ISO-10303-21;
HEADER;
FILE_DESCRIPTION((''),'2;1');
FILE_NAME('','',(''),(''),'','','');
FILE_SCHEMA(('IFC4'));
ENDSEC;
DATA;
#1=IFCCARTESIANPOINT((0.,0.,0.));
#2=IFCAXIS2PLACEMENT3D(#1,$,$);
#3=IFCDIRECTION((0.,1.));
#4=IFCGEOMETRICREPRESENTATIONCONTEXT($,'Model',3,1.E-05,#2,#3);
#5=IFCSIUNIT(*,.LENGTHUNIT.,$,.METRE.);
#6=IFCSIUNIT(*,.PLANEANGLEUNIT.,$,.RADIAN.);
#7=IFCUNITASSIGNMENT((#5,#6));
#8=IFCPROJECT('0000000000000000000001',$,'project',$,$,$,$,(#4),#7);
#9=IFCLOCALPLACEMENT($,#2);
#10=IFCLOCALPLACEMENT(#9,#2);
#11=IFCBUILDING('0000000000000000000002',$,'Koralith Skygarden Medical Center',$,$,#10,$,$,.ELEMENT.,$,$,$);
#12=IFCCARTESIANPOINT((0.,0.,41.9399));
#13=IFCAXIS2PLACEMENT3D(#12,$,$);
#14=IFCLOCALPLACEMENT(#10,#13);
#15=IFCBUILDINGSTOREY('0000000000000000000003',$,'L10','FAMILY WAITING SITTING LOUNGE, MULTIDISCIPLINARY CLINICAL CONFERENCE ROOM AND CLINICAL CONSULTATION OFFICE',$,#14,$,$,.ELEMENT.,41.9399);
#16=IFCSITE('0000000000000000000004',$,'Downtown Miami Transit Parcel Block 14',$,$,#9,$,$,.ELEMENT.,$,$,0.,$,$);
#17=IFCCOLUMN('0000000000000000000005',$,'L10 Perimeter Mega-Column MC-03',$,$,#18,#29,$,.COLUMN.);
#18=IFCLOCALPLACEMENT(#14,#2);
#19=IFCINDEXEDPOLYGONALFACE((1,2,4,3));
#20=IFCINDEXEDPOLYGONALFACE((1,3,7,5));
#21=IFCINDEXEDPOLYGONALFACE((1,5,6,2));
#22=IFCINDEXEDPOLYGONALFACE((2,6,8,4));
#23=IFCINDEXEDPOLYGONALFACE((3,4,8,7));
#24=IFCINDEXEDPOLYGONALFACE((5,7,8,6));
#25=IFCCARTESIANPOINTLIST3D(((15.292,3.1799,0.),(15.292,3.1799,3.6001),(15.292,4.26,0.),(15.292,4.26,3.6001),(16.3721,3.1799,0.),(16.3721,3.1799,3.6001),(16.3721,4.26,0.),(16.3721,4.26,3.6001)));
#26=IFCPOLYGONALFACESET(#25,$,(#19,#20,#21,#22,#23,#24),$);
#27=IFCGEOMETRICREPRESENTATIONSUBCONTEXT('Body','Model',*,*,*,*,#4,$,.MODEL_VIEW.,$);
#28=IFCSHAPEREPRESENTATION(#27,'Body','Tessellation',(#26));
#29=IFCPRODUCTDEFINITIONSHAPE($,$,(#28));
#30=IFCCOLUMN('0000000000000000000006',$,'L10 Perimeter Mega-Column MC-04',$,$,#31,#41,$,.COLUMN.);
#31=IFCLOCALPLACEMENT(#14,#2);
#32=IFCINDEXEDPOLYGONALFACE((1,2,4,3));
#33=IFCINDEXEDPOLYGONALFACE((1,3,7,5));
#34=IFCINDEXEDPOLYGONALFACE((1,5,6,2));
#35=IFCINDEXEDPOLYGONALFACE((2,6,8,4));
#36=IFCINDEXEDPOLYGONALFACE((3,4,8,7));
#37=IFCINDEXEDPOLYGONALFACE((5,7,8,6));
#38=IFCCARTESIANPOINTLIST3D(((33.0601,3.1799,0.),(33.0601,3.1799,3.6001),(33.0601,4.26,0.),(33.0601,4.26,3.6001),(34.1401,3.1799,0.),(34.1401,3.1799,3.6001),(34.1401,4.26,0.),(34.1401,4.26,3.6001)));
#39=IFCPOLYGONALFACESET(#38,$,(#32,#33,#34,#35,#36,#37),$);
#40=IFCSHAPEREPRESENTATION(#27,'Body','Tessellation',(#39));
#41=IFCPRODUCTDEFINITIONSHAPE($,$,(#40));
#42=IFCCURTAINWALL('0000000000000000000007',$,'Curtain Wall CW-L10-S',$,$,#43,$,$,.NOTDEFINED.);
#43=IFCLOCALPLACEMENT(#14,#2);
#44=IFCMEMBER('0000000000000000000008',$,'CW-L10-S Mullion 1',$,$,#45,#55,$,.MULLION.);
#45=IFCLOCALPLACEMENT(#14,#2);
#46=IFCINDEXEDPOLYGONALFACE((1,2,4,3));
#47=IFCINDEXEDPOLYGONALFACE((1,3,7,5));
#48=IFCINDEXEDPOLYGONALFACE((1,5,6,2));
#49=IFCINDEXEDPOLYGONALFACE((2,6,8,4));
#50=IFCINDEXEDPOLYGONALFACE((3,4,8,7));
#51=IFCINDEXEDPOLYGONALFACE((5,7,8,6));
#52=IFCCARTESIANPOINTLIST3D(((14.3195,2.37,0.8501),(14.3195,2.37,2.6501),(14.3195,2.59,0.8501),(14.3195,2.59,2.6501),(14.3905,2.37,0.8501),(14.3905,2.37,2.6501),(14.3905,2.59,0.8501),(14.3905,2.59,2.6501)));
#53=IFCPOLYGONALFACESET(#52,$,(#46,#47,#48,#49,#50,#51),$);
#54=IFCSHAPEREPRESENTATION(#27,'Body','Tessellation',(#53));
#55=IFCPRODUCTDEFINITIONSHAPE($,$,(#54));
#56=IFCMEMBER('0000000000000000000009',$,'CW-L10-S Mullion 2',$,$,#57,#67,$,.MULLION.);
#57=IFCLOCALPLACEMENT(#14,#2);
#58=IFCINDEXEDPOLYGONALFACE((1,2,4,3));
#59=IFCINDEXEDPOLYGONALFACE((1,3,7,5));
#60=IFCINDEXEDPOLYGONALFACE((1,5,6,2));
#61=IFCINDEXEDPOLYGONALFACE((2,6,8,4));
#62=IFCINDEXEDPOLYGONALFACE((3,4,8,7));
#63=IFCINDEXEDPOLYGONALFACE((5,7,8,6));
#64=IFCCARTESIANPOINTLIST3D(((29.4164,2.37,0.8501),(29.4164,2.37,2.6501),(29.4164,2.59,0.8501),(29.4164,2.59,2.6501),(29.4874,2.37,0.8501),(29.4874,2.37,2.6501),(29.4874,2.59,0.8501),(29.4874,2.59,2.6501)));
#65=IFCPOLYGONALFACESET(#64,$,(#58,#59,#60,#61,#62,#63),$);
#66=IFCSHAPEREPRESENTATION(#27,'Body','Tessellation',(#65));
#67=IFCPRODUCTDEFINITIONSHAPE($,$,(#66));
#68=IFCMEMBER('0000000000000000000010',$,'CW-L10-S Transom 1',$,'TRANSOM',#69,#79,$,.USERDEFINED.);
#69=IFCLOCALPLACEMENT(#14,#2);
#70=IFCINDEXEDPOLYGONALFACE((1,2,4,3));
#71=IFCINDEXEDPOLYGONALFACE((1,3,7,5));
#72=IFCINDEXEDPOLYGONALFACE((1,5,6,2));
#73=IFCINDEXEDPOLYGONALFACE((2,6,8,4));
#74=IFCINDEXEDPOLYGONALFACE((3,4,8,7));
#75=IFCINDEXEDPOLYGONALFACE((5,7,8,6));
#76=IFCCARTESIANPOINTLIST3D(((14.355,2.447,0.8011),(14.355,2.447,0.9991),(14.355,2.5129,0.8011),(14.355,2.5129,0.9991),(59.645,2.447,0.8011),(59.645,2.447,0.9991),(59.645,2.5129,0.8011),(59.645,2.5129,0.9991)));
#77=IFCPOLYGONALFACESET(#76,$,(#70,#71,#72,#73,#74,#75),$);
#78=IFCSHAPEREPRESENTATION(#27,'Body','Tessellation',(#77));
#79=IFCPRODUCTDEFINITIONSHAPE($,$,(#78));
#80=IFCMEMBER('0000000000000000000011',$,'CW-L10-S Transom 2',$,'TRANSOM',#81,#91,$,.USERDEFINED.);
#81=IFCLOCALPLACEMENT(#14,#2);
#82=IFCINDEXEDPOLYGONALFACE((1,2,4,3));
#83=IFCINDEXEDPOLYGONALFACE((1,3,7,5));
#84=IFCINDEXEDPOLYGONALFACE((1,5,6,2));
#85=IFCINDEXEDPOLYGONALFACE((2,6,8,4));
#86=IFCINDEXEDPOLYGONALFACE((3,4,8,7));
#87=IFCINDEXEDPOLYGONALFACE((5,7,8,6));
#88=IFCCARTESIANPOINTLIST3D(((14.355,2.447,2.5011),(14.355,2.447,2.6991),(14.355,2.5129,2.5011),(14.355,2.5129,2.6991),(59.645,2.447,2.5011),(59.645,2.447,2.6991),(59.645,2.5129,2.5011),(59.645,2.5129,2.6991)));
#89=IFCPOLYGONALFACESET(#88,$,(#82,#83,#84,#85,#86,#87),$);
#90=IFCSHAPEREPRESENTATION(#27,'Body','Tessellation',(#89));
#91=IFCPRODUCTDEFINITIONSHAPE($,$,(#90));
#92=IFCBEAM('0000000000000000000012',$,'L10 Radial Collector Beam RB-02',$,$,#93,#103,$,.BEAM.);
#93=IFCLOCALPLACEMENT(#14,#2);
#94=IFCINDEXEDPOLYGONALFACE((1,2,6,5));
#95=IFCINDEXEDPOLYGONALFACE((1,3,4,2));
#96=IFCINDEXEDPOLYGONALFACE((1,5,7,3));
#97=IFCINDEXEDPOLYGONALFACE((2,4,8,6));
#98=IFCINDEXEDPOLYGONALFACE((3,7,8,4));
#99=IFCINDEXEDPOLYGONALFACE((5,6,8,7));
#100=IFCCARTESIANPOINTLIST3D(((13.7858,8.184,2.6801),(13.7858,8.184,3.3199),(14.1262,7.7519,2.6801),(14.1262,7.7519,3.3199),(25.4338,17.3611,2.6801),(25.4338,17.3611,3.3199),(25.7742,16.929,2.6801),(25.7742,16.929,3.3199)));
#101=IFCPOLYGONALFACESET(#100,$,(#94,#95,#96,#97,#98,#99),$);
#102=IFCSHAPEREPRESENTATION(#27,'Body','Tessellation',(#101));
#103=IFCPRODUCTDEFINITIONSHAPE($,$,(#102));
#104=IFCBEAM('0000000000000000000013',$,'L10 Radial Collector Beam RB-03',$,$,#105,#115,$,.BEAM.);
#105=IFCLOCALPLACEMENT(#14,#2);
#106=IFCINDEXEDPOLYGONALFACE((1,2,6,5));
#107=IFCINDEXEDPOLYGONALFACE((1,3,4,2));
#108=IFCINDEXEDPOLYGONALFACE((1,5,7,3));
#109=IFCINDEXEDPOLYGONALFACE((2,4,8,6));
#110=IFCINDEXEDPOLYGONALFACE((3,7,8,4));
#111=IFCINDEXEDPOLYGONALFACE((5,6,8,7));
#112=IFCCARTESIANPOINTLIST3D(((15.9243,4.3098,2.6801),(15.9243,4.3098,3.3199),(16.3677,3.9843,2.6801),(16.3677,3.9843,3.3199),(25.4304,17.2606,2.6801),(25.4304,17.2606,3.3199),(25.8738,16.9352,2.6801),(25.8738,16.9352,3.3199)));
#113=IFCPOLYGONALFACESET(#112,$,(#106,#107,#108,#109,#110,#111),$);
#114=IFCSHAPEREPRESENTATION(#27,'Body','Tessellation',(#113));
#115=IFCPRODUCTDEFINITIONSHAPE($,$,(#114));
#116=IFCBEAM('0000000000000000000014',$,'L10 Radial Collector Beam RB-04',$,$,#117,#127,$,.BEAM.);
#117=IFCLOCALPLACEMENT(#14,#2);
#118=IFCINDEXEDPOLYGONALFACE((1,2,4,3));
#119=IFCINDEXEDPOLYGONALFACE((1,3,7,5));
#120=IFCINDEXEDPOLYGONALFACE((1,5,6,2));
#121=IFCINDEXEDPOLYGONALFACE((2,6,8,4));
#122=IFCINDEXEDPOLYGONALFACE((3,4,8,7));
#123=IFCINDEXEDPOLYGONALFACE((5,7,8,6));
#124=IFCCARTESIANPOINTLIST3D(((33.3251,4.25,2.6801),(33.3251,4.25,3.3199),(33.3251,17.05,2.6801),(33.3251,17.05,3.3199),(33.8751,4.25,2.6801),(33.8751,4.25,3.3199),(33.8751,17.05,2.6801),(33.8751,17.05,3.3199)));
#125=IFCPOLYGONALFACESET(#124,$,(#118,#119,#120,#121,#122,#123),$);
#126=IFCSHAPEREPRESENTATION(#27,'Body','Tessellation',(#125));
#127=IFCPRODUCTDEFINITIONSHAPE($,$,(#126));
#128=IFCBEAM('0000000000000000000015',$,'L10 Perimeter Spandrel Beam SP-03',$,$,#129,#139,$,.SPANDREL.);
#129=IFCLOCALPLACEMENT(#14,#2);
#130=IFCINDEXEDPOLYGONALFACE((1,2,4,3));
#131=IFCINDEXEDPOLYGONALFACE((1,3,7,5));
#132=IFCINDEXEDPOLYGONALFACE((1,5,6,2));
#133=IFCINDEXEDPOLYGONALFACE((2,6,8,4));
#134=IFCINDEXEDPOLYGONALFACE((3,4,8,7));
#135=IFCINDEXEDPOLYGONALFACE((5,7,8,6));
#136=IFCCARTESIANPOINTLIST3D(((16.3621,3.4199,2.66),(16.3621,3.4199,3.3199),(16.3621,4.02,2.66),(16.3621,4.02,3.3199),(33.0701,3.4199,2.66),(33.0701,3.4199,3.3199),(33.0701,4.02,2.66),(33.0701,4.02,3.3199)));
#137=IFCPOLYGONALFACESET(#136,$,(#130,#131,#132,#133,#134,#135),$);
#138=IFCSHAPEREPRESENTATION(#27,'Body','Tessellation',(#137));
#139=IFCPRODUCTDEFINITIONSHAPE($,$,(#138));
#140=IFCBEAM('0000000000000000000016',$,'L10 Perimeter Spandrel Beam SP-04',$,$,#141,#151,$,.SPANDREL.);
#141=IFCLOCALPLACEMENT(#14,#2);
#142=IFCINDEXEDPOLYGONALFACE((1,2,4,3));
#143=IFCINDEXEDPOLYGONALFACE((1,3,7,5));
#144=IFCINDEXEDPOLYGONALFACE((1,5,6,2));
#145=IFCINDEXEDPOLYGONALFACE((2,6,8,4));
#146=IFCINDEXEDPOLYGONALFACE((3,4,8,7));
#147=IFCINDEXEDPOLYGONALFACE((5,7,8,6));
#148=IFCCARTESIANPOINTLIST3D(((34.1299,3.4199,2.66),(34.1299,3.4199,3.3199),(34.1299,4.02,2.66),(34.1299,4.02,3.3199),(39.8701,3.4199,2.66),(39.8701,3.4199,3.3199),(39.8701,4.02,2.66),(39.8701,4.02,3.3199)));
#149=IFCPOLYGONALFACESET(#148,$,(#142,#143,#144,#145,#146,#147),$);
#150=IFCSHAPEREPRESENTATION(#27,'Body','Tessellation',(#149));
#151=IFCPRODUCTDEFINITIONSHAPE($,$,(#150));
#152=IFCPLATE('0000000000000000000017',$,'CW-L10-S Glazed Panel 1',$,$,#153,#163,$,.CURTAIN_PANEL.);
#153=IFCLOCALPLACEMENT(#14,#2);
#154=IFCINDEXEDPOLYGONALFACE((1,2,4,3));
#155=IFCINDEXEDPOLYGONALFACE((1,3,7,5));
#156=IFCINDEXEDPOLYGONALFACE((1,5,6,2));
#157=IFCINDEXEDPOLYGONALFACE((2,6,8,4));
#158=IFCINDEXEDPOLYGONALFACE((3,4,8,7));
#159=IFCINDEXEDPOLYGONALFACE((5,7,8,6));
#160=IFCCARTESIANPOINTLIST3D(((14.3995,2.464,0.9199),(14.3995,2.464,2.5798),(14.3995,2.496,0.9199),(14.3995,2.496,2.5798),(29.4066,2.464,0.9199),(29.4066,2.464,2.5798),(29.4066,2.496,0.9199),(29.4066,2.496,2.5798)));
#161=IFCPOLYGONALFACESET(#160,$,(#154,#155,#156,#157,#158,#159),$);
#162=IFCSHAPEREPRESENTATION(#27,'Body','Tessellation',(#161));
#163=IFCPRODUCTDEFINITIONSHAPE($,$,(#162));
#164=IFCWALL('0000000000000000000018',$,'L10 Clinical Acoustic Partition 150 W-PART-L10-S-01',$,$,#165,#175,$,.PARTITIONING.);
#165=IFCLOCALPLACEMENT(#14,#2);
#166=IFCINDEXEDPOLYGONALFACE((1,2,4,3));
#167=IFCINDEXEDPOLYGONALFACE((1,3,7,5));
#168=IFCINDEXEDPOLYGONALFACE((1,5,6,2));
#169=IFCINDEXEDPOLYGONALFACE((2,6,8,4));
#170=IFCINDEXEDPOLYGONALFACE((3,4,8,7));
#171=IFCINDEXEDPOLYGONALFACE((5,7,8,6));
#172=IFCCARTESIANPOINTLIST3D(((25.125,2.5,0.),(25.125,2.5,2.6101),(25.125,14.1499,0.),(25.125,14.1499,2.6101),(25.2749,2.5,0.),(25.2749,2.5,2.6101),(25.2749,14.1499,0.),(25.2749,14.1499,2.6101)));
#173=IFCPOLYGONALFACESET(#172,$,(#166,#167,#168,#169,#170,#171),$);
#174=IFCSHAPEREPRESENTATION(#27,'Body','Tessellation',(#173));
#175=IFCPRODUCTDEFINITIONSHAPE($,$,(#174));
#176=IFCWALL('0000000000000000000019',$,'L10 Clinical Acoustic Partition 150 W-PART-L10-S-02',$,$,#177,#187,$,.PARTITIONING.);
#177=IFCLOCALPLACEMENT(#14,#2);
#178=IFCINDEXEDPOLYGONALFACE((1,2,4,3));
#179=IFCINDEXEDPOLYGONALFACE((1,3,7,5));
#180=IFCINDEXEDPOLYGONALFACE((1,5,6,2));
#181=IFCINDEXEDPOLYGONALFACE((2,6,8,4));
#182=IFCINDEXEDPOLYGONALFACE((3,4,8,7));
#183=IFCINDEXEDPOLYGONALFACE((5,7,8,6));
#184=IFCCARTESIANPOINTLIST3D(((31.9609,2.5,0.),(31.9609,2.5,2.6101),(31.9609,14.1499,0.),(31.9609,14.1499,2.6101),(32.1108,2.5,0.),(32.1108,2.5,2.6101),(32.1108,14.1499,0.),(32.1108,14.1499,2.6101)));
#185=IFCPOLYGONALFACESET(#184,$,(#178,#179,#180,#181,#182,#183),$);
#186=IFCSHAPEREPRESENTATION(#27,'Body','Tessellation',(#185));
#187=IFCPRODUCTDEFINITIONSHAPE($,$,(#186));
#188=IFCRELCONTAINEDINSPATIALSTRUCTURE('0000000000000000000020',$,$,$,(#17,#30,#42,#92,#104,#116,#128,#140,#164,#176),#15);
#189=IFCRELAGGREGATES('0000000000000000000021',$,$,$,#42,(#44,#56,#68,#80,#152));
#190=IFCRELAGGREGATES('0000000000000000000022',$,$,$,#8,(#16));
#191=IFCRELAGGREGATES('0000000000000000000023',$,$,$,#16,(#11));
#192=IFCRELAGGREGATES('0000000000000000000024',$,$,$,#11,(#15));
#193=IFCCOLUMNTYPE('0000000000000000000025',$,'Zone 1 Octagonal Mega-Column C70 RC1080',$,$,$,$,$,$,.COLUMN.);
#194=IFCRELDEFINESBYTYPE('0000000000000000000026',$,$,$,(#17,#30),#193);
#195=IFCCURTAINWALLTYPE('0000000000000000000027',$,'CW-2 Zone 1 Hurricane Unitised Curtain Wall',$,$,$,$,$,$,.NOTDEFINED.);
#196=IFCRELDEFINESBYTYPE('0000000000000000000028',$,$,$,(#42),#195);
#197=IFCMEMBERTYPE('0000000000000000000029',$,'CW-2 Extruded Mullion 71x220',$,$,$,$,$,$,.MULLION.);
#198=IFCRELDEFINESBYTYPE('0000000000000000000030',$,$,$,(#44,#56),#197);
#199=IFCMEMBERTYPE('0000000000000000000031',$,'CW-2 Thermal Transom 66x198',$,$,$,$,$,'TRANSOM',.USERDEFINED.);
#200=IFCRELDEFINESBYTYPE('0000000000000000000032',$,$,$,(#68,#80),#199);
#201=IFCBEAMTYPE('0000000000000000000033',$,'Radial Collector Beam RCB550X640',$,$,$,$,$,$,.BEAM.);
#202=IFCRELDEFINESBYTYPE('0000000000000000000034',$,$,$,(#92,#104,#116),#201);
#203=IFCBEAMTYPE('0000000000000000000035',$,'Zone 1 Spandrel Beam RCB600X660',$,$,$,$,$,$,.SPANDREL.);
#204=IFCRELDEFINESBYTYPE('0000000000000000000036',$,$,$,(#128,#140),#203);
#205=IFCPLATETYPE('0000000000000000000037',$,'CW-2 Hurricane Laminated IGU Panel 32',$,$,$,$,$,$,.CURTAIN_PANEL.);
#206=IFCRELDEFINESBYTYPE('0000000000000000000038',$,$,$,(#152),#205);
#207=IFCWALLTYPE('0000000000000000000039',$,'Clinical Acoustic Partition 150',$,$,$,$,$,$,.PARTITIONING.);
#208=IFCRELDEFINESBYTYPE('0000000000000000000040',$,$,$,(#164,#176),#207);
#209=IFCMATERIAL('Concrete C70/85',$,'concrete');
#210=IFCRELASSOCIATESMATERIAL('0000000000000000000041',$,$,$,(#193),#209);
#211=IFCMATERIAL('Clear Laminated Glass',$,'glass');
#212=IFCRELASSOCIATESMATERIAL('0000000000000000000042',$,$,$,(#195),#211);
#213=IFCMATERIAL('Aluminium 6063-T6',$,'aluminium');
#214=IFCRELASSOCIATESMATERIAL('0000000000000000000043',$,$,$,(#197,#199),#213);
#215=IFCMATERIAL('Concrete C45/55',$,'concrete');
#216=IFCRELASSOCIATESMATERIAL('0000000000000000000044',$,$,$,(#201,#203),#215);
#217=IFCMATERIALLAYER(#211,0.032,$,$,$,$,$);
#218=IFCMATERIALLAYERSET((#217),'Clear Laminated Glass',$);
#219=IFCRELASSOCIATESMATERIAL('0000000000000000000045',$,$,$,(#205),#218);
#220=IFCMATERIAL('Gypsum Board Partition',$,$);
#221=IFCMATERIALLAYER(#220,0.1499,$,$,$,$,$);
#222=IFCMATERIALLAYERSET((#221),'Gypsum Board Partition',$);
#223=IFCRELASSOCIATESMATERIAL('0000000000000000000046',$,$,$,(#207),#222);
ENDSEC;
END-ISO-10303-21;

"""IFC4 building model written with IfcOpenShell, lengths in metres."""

from ifc_helpers import new_model, si_unit, direction, frame, frame_2d, origin, origin_2d, place, context, subcontext, project, spatial, rectangle, extrude, material, layer, layer_set, material_profile, profile_set, type_object, element, aggregate, save


model = new_model("IFC4")

# Units and contexts
model_context = context("Model", 3, precision=1e-05, world=origin(), true_north=direction((0.0, 1.0)))
body_context = subcontext(model_context, "Body", "Model", "MODEL_VIEW")
ifc_project = project(units=[si_unit("LENGTHUNIT", "METRE"), si_unit("PLANEANGLEUNIT", "RADIAN")], contexts=[model_context])

# Site, building, storey
site_placement = place(None, origin())
site = spatial("IfcSite", under=ifc_project, at=site_placement, Name="Downtown Miami Transit Parcel Block 14", CompositionType="ELEMENT", RefElevation=0.0)
building_placement = place(site_placement, origin())
building = spatial("IfcBuilding", under=site, at=building_placement, Name="Koralith Skygarden Medical Center", CompositionType="ELEMENT")
storey_placement = place(building_placement, frame((0.0, 0.0, 41.9399)))
storey = spatial("IfcBuildingStorey", under=building, at=storey_placement, Name="L10", Description="FAMILY WAITING SITTING LOUNGE, MULTIDISCIPLINARY CLINICAL CONFERENCE ROOM AND CLINICAL CONSULTATION OFFICE", CompositionType="ELEMENT", Elevation=41.9399)

# Columns
ifc_material_1 = material(Name="Concrete C70/85", Category="concrete")
ifc_material_profile_1 = material_profile(ifc_material_1, rectangle(XDim=1.0801, YDim=1.0801, at=origin_2d()), Name="RC1080X1080")
ifc_profile_set_1 = profile_set([ifc_material_profile_1], Name="Concrete C70/85")
column_type = type_object("IfcColumnType", Name="Zone 1 Octagonal Mega-Column C70 RC1080", PredefinedType="COLUMN", material=ifc_profile_set_1)
for number, where, z_axis, x_axis, name in (
    (1, (15.832, 3.72, 0.0), (0.0, 0.0, 1.0), (1.0, 0.0, 0.0), "L10 Perimeter Mega-Column MC-03"),
    (2, (33.6001, 3.72, 0.0), (0.0, 0.0, 1.0), (1.0, 0.0, 0.0), "L10 Perimeter Mega-Column MC-04"),
):
    element("IfcColumn", number, at=place(storey_placement, frame(where, z_axis=z_axis, x_axis=x_axis)), inside=storey, type_object=column_type, Name=name, PredefinedType="COLUMN", context=body_context, shape_type="SweptSolid", body=[
        extrude(rectangle(XDim=1.0801, YDim=1.0801, at=origin_2d()), origin(), (0.0, 0.0, 1.0), 3.6001),
    ])

# Curtain wall, members
ifc_material_2 = material(Name="Clear Laminated Glass", Category="glass")
curtain_wall_type = type_object("IfcCurtainWallType", Name="CW-2 Zone 1 Hurricane Unitised Curtain Wall", PredefinedType="NOTDEFINED", material=ifc_material_2)
curtain_wall_placement = place(storey_placement, origin())
curtain_wall = element("IfcCurtainWall", 3, at=curtain_wall_placement, inside=storey, type_object=curtain_wall_type, Name="Curtain Wall CW-L10-S", PredefinedType="NOTDEFINED")
ifc_material_3 = material(Name="Aluminium 6063-T6", Category="aluminium")
ifc_material_profile_2 = material_profile(ifc_material_3, rectangle(XDim=0.071, YDim=0.22, at=origin_2d()), Name="MUL71X220")
ifc_profile_set_2 = profile_set([ifc_material_profile_2], Name="Aluminium 6063-T6")
member_type_1 = type_object("IfcMemberType", Name="CW-2 Extruded Mullion 71x220", PredefinedType="MULLION", material=ifc_profile_set_2)
member_1_placement = place(storey_placement, frame((14.355, 2.48, 0.8501), z_axis=(0.0, 0.0, 1.0), x_axis=(1.0, 0.0, 0.0)))
member_1 = element("IfcMember", 4, at=member_1_placement, type_object=member_type_1, Name="CW-L10-S Mullion 1", PredefinedType="MULLION", context=body_context, shape_type="SweptSolid", body=[
    extrude(rectangle(XDim=0.071, YDim=0.22, at=origin_2d()), origin(), (0.0, 0.0, 1.0), 1.8),
])
member_2_placement = place(storey_placement, frame((29.4519, 2.48, 0.8501), z_axis=(0.0, 0.0, 1.0), x_axis=(1.0, 0.0, 0.0)))
member_2 = element("IfcMember", 5, at=member_2_placement, type_object=member_type_1, Name="CW-L10-S Mullion 2", PredefinedType="MULLION", context=body_context, shape_type="SweptSolid", body=[
    extrude(rectangle(XDim=0.071, YDim=0.22, at=origin_2d()), origin(), (0.0, 0.0, 1.0), 1.8),
])
ifc_material_profile_3 = material_profile(ifc_material_3, rectangle(XDim=0.0659, YDim=0.198, at=origin_2d()), Name="TRN66X198")
ifc_profile_set_3 = profile_set([ifc_material_profile_3], Name="Aluminium 6063-T6")
member_type_2 = type_object("IfcMemberType", Name="CW-2 Thermal Transom 66x198", ElementType="TRANSOM", PredefinedType="USERDEFINED", material=ifc_profile_set_3)
member_3_placement = place(storey_placement, frame((14.355, 2.48, 0.9001), z_axis=(1.0, 0.0, 0.0), x_axis=(0.0, 1.0, 0.0)))
member_3 = element("IfcMember", 6, at=member_3_placement, type_object=member_type_2, Name="CW-L10-S Transom 1", ObjectType="TRANSOM", PredefinedType="USERDEFINED", context=body_context, shape_type="SweptSolid", body=[
    extrude(rectangle(XDim=0.0659, YDim=0.198, at=origin_2d()), origin(), (0.0, 0.0, 1.0), 45.29),
])
member_4_placement = place(storey_placement, frame((14.355, 2.48, 2.6001), z_axis=(1.0, 0.0, 0.0), x_axis=(0.0, 1.0, 0.0)))
member_4 = element("IfcMember", 7, at=member_4_placement, type_object=member_type_2, Name="CW-L10-S Transom 2", ObjectType="TRANSOM", PredefinedType="USERDEFINED", context=body_context, shape_type="SweptSolid", body=[
    extrude(rectangle(XDim=0.0659, YDim=0.198, at=origin_2d()), origin(), (0.0, 0.0, 1.0), 45.29),
])

# Beams
ifc_material_4 = material(Name="Concrete C45/55", Category="concrete")
ifc_material_profile_4 = material_profile(ifc_material_4, rectangle(XDim=0.55, YDim=0.6399, at=origin_2d()), Name="RCB550X640")
ifc_profile_set_4 = profile_set([ifc_material_profile_4], Name="Concrete C45/55")
beam_type_1 = type_object("IfcBeamType", Name="Radial Collector Beam RCB550X640", PredefinedType="BEAM", material=ifc_profile_set_4)
beam_1_placement = place(storey_placement, frame((25.604, 17.145, 3.0), z_axis=(-0.785497, -0.618865, 0.0), x_axis=(0.618865, -0.785497, 0.0)))
element("IfcBeam", 8, at=beam_1_placement, inside=storey, type_object=beam_type_1, Name="L10 Radial Collector Beam RB-02", PredefinedType="BEAM", context=body_context, shape_type="SweptSolid", body=[
    extrude(rectangle(XDim=0.55, YDim=0.6399, at=origin_2d()), origin(), (0.0, 0.0, 1.0), 14.8289),
])
beam_2_placement = place(storey_placement, frame((25.6521, 17.0979, 3.0), z_axis=(-0.591718, -0.806145, 0.0), x_axis=(0.806145, -0.591718, 0.0)))
element("IfcBeam", 9, at=beam_2_placement, inside=storey, type_object=beam_type_1, Name="L10 Radial Collector Beam RB-03", PredefinedType="BEAM", context=body_context, shape_type="SweptSolid", body=[
    extrude(rectangle(XDim=0.55, YDim=0.6399, at=origin_2d()), origin(), (0.0, 0.0, 1.0), 16.0652),
])
beam_3_placement = place(storey_placement, frame((33.6001, 17.05, 3.0), z_axis=(0.0, -1.0, 0.0), x_axis=(1.0, 0.0, 0.0)))
element("IfcBeam", 10, at=beam_3_placement, inside=storey, type_object=beam_type_1, Name="L10 Radial Collector Beam RB-04", PredefinedType="BEAM", context=body_context, shape_type="SweptSolid", body=[
    extrude(rectangle(XDim=0.55, YDim=0.6399, at=origin_2d()), origin(), (0.0, 0.0, 1.0), 12.8),
])
ifc_material_profile_5 = material_profile(ifc_material_4, rectangle(XDim=0.6001, YDim=0.6599, at=origin_2d()), Name="RCB600X660")
ifc_profile_set_5 = profile_set([ifc_material_profile_5], Name="Concrete C45/55")
beam_type_2 = type_object("IfcBeamType", Name="Zone 1 Spandrel Beam RCB600X660", PredefinedType="SPANDREL", material=ifc_profile_set_5)
beam_4_placement = place(storey_placement, frame((16.3621, 3.72, 2.99), z_axis=(1.0, 0.0, 0.0), x_axis=(0.0, 1.0, 0.0)))
element("IfcBeam", 11, at=beam_4_placement, inside=storey, type_object=beam_type_2, Name="L10 Perimeter Spandrel Beam SP-03", PredefinedType="SPANDREL", context=body_context, shape_type="SweptSolid", body=[
    extrude(rectangle(XDim=0.6001, YDim=0.6599, at=origin_2d()), origin(), (0.0, 0.0, 1.0), 16.708),
])
beam_5_placement = place(storey_placement, frame((34.1299, 3.72, 2.99), z_axis=(1.0, 0.0, 0.0), x_axis=(0.0, 1.0, 0.0)))
element("IfcBeam", 12, at=beam_5_placement, inside=storey, type_object=beam_type_2, Name="L10 Perimeter Spandrel Beam SP-04", PredefinedType="SPANDREL", context=body_context, shape_type="SweptSolid", body=[
    extrude(rectangle(XDim=0.6001, YDim=0.6599, at=origin_2d()), origin(), (0.0, 0.0, 1.0), 5.7402),
])

# Plate
ifc_layer_1 = layer(ifc_material_2, 0.032)
ifc_layer_set_1 = layer_set([ifc_layer_1], Name="Clear Laminated Glass")
plate_type = type_object("IfcPlateType", Name="CW-2 Hurricane Laminated IGU Panel 32", PredefinedType="CURTAIN_PANEL", material=ifc_layer_set_1)
plate_placement = place(storey_placement, frame((21.9031, 2.48, 0.9199), z_axis=(0.0, 0.0, 1.0), x_axis=(1.0, 0.0, 0.0)))
plate = element("IfcPlate", 13, at=plate_placement, type_object=plate_type, Name="CW-L10-S Glazed Panel 1", PredefinedType="CURTAIN_PANEL", context=body_context, shape_type="SweptSolid", body=[
    extrude(rectangle(XDim=15.0071, YDim=0.032, at=origin_2d()), origin(), (0.0, 0.0, 1.0), 1.6599),
])
aggregate(curtain_wall, [member_1, member_2, member_3, member_4, plate])

# Walls
ifc_material_5 = material(Name="Gypsum Board Partition")
ifc_layer_2 = layer(ifc_material_5, 0.1499)
ifc_layer_set_2 = layer_set([ifc_layer_2], Name="Gypsum Board Partition")
wall_type_1 = type_object("IfcWallType", Name="Clinical Acoustic Partition 150", PredefinedType="PARTITIONING", material=ifc_layer_set_2)
for number, where, z_axis, x_axis, name in (
    (14, (25.2, 14.1499, 0.0), (0.0, 0.0, 1.0), (0.0, -1.0, 0.0), "L10 Clinical Acoustic Partition 150 W-PART-L10-S-01"),
    (15, (32.0359, 14.1499, 0.0), (0.0, 0.0, 1.0), (0.0, -1.0, 0.0), "L10 Clinical Acoustic Partition 150 W-PART-L10-S-02"),
):
    element("IfcWall", number, at=place(storey_placement, frame(where, z_axis=z_axis, x_axis=x_axis)), inside=storey, type_object=wall_type_1, Name=name, PredefinedType="PARTITIONING", context=body_context, shape_type="SweptSolid", body=[
        extrude(rectangle(XDim=11.6499, YDim=0.1499, at=frame_2d((5.825, 0.0))), origin(), (0.0, 0.0, 1.0), 2.6101),
    ])

save(model, "model.ifc")
